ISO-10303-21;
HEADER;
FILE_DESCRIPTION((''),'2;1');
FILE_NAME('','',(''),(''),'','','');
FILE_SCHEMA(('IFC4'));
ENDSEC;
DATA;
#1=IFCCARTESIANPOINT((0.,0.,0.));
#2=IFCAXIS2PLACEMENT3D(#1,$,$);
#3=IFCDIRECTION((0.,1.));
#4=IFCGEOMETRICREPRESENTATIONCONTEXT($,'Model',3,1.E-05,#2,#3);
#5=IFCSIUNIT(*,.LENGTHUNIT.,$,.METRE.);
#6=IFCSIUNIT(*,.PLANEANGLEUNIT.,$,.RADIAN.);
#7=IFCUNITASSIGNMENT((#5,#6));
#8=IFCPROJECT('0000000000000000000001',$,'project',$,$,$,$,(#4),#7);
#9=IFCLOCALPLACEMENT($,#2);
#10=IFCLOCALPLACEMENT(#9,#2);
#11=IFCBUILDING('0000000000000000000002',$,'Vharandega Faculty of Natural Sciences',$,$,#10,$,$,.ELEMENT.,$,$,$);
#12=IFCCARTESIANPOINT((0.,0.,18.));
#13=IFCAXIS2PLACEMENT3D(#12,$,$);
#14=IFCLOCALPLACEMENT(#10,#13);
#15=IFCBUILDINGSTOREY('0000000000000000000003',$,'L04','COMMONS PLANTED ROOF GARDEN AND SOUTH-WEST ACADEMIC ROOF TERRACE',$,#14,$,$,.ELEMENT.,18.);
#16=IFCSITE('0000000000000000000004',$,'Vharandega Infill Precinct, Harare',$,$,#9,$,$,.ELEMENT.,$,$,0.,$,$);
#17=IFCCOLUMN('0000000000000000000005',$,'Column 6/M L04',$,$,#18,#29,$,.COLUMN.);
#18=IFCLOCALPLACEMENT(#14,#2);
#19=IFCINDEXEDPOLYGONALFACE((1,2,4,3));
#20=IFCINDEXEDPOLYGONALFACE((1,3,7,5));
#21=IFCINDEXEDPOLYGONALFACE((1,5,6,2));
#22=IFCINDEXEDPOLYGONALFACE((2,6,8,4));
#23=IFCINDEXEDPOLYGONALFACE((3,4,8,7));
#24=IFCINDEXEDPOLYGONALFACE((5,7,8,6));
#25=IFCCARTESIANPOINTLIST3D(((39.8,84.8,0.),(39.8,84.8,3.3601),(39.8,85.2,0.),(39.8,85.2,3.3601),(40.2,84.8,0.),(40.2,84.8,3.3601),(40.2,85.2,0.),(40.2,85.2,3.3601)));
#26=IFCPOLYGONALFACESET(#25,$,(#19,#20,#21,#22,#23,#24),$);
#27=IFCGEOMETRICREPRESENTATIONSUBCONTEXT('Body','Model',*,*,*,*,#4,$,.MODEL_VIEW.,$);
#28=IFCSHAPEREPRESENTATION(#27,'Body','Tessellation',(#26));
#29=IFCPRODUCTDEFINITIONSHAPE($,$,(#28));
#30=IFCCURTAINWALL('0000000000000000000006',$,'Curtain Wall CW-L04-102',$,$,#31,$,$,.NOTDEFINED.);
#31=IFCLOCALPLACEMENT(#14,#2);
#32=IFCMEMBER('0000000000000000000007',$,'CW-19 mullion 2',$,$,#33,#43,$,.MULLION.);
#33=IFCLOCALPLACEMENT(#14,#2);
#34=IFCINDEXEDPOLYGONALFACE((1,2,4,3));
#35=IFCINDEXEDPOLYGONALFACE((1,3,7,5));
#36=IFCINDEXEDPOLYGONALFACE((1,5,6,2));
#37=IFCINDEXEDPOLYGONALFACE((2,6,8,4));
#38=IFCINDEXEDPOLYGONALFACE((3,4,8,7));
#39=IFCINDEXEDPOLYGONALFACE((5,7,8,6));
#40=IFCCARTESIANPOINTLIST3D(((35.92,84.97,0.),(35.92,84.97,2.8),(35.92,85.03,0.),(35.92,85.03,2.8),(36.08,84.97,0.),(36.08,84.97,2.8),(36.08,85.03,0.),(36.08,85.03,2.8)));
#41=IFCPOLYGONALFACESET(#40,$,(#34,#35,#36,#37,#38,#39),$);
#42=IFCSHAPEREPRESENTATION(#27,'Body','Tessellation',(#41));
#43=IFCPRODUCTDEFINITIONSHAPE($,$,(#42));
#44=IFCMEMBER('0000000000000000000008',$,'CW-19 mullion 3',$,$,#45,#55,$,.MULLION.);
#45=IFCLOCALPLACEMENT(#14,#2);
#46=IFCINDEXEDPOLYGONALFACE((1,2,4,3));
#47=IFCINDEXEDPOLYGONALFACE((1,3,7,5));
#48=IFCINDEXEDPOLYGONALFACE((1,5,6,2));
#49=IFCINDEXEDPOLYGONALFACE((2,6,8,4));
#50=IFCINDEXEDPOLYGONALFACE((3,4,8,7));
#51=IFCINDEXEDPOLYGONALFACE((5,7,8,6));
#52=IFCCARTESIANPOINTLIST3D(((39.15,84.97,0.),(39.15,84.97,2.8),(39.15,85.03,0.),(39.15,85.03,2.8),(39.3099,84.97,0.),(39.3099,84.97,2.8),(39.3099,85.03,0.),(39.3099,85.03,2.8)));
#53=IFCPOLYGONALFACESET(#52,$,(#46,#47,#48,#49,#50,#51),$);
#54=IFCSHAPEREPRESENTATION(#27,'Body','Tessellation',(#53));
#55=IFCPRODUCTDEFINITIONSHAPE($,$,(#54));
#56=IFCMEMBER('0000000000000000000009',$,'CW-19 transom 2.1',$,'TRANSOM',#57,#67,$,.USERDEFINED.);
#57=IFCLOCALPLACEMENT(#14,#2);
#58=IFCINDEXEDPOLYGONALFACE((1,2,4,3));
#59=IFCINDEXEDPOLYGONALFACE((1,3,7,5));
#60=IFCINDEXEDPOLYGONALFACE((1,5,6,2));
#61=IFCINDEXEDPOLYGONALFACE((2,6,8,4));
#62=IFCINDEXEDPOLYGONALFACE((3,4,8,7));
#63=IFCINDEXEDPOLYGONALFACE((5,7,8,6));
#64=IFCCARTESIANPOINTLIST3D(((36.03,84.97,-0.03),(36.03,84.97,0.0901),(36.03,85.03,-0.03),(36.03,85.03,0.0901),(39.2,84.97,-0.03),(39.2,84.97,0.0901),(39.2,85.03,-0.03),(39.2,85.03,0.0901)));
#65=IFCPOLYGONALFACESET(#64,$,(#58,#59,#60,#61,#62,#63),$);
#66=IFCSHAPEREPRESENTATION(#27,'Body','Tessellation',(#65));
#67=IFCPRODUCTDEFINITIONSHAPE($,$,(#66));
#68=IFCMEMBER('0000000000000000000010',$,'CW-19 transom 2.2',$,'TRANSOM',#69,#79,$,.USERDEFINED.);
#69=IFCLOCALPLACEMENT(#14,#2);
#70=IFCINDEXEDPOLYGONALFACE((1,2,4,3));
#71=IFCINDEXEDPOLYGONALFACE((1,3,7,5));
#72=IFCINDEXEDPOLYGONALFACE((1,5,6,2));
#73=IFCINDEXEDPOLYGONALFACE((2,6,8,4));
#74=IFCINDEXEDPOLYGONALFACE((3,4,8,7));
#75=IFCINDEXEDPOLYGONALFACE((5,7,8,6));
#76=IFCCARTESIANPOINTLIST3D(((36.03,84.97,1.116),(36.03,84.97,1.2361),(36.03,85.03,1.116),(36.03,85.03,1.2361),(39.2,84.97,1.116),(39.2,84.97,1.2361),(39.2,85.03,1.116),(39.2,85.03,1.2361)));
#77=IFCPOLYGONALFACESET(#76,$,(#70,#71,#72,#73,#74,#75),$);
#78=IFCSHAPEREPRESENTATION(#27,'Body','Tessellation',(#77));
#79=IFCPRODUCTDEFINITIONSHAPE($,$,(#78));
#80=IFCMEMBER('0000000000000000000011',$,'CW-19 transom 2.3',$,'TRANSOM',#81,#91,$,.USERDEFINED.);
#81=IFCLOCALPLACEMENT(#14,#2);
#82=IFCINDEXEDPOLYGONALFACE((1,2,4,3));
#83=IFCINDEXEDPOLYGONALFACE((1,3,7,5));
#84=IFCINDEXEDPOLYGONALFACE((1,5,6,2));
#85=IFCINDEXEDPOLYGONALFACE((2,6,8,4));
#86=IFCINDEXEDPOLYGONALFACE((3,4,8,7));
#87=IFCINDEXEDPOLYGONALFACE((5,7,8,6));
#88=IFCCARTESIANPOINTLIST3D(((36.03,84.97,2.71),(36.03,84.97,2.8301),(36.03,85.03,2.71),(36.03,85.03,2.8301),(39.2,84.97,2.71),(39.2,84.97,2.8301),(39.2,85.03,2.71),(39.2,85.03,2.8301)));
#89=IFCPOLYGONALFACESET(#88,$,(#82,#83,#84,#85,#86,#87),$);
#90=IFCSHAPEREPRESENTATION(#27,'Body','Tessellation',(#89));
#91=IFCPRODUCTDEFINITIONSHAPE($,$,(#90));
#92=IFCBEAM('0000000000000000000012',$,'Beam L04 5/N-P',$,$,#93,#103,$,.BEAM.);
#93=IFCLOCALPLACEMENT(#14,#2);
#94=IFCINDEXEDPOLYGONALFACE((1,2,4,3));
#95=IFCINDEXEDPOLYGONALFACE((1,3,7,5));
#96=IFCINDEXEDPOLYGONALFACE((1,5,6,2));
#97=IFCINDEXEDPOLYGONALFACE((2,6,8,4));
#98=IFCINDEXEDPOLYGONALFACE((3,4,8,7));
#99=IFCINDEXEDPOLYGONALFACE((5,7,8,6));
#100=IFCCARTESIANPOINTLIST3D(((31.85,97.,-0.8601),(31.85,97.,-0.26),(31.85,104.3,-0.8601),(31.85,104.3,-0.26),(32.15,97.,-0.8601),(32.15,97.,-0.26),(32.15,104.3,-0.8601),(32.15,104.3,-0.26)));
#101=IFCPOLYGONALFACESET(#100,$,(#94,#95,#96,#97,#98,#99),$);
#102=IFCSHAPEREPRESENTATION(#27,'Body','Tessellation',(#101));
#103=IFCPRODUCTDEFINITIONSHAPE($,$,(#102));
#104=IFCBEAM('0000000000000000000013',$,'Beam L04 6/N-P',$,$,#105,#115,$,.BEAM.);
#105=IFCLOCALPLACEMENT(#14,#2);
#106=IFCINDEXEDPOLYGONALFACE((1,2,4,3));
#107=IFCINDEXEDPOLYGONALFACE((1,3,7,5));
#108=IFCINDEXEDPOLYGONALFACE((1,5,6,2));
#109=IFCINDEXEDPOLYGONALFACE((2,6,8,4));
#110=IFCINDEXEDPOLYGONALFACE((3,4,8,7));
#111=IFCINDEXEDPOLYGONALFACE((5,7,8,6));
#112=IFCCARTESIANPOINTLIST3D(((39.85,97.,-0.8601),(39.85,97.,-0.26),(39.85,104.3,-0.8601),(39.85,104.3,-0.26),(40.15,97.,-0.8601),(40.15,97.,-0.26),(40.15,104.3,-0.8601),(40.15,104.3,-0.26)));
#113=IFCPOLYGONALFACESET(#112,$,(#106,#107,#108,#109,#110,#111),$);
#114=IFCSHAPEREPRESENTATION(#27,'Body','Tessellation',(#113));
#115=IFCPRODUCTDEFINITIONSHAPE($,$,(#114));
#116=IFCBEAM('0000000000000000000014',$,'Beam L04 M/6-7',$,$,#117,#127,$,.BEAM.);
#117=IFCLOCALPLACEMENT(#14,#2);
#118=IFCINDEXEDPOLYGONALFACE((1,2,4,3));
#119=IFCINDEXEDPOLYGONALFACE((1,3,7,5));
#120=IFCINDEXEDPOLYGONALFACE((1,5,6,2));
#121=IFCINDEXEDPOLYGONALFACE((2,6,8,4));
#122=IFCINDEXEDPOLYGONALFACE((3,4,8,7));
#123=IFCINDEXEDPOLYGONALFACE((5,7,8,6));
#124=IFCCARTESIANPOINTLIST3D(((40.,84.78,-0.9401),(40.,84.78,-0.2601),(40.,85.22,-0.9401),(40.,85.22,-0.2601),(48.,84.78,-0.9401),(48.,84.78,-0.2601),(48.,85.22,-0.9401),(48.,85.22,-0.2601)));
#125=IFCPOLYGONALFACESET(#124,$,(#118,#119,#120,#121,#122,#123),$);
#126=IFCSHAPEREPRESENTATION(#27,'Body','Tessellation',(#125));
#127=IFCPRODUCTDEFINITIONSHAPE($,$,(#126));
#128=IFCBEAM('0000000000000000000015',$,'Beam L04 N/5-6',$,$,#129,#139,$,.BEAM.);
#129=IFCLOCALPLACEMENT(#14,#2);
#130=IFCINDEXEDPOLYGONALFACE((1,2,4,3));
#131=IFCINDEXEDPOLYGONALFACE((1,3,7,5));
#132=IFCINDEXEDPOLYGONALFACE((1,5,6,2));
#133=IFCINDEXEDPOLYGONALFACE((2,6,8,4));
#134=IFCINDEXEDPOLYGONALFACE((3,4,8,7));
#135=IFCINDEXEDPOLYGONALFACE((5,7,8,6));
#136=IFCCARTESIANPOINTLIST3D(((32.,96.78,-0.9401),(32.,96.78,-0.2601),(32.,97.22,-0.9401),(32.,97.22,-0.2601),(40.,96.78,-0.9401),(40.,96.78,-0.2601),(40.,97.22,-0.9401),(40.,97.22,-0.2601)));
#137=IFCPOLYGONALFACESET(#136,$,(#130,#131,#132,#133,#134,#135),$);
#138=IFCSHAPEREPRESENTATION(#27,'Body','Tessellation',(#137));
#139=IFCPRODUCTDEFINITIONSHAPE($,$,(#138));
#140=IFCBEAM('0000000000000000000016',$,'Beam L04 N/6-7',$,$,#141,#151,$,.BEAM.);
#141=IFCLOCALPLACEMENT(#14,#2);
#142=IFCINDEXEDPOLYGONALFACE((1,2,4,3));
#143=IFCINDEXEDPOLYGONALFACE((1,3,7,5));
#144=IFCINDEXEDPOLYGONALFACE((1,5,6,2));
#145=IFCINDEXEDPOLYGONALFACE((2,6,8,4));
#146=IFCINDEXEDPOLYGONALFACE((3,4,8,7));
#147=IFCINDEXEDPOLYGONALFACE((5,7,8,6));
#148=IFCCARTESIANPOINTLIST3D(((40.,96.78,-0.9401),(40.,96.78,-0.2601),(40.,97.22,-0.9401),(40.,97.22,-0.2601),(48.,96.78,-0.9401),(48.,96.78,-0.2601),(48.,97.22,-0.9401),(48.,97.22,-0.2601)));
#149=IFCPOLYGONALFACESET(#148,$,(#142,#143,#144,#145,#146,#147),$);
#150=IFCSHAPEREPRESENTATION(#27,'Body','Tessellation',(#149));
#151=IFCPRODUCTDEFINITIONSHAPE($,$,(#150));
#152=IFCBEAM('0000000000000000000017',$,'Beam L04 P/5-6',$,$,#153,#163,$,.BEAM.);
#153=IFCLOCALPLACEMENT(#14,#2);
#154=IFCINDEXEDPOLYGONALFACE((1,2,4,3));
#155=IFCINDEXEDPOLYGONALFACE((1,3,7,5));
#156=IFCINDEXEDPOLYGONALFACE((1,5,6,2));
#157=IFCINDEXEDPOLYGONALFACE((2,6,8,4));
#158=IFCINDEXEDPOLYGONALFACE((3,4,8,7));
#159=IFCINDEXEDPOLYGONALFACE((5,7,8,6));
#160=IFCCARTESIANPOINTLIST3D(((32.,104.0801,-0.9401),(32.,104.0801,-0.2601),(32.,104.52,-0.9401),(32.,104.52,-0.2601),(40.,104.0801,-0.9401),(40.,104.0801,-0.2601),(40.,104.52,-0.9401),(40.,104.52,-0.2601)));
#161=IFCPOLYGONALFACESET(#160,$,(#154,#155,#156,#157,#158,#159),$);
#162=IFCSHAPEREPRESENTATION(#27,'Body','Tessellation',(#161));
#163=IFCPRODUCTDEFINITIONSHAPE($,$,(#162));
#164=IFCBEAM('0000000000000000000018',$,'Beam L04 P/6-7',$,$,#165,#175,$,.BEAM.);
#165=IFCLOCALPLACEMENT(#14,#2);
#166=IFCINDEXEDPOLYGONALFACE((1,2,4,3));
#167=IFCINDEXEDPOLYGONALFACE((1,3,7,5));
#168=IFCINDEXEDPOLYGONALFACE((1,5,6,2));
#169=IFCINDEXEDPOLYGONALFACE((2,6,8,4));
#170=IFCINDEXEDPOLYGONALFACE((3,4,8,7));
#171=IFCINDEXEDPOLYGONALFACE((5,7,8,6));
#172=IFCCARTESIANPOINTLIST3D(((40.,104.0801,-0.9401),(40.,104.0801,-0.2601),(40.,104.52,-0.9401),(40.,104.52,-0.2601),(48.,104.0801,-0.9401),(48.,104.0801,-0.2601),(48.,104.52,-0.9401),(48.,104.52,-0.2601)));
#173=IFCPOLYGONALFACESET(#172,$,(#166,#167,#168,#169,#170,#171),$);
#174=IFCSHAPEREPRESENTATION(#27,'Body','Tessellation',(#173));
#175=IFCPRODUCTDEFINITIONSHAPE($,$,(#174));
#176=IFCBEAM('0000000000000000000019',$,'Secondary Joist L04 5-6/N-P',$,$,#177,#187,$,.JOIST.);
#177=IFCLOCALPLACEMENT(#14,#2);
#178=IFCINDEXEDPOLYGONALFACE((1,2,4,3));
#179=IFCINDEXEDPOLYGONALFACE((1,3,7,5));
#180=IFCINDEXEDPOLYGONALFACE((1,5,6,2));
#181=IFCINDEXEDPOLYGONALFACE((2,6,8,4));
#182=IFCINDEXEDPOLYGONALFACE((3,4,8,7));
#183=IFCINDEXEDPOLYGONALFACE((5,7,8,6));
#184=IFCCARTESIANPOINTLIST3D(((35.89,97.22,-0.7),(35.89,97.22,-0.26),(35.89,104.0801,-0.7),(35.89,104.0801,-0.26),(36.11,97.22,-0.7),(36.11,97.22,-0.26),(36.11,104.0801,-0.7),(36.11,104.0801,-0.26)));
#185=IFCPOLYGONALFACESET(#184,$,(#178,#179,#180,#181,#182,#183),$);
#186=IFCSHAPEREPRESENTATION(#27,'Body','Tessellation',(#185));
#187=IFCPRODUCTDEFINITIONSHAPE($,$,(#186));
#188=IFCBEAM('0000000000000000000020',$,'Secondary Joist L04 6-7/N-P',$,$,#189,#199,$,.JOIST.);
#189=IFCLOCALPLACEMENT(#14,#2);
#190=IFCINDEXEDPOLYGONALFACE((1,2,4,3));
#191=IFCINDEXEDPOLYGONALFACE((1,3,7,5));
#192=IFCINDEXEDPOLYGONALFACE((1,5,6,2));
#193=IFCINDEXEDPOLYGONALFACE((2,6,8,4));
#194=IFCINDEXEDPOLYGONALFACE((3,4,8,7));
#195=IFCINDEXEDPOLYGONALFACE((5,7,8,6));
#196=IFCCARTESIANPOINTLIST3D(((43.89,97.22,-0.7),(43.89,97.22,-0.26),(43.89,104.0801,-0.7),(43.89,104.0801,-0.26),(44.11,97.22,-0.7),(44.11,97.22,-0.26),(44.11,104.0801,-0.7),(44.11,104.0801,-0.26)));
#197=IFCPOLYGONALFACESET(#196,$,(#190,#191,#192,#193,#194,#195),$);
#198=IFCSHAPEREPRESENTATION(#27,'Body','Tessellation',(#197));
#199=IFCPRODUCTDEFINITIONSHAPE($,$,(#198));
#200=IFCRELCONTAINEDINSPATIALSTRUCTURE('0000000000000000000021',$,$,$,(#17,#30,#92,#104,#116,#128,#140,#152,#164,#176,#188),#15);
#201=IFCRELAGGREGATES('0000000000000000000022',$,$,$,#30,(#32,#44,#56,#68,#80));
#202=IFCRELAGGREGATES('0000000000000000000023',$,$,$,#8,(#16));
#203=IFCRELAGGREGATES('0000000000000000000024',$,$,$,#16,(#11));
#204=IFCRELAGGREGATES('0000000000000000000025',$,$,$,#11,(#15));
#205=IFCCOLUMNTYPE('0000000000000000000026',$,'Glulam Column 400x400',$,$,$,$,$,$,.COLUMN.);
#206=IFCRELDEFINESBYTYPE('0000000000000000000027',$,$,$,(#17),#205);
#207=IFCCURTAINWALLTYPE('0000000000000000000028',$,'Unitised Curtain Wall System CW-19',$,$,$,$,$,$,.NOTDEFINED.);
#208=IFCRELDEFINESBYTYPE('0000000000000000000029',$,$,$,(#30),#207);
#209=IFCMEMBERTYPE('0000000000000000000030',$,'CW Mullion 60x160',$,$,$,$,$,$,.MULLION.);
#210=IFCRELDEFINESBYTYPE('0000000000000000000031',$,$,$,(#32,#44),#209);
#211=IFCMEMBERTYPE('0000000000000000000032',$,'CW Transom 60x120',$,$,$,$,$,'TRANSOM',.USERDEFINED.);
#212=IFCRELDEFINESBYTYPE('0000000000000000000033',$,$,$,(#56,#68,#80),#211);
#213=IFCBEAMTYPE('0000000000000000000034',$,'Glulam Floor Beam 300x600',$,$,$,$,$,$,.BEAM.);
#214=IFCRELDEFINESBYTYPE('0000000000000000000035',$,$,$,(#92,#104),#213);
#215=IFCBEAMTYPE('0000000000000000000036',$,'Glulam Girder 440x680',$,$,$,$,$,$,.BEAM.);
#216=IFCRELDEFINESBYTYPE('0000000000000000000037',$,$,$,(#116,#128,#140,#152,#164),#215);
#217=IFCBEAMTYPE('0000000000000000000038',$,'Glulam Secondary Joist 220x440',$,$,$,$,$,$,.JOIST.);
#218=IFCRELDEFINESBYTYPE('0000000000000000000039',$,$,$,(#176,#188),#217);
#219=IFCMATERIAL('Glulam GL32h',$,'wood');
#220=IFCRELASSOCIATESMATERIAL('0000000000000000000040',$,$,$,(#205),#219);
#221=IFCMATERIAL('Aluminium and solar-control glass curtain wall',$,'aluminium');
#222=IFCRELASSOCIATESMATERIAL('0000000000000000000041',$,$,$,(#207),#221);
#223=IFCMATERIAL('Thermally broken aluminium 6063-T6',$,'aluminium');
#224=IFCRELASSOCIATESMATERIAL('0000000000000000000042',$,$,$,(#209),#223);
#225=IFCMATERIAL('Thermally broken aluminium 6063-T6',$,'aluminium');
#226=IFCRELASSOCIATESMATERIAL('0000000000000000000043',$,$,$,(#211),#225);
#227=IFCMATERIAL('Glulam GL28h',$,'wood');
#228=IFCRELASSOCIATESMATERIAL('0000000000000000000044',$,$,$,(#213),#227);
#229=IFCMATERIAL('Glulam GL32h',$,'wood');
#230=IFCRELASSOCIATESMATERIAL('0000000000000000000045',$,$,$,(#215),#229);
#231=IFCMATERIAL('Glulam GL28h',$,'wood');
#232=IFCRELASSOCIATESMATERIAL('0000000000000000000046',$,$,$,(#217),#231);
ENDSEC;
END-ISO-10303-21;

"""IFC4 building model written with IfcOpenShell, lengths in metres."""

from ifc_helpers import new_model, si_unit, direction, frame, origin, origin_2d, place, context, subcontext, project, spatial, rectangle, extrude, material, material_profile, profile_set, type_object, element, aggregate, save


model = new_model("IFC4")

# Units and contexts
model_context = context("Model", 3, precision=1e-05, world=origin(), true_north=direction((0.0, 1.0)))
body_context = subcontext(model_context, "Body", "Model", "MODEL_VIEW")
ifc_project = project(units=[si_unit("LENGTHUNIT", "METRE"), si_unit("PLANEANGLEUNIT", "RADIAN")], contexts=[model_context])

# Site, building, storey
site_placement = place(None, origin())
site = spatial("IfcSite", under=ifc_project, at=site_placement, Name="Vharandega Infill Precinct, Harare", CompositionType="ELEMENT", RefElevation=0.0)
building_placement = place(site_placement, origin())
building = spatial("IfcBuilding", under=site, at=building_placement, Name="Vharandega Faculty of Natural Sciences", CompositionType="ELEMENT")
storey_placement = place(building_placement, frame((0.0, 0.0, 18.0)))
storey = spatial("IfcBuildingStorey", under=building, at=storey_placement, Name="L04", Description="COMMONS PLANTED ROOF GARDEN AND SOUTH-WEST ACADEMIC ROOF TERRACE", CompositionType="ELEMENT", Elevation=18.0)

# Column
ifc_material_1 = material(Name="Glulam GL32h", Category="wood")
ifc_material_profile_1 = material_profile(ifc_material_1, rectangle(XDim=0.3999, YDim=0.3999, at=origin_2d()), Name="GL32h 400x400")
ifc_profile_set_1 = profile_set([ifc_material_profile_1], Name="Glulam GL32h")
column_type = type_object("IfcColumnType", Name="Glulam Column 400x400", PredefinedType="COLUMN", material=ifc_profile_set_1)
column_placement = place(storey_placement, frame((40.0, 85.0, 0.0), z_axis=(0.0, 0.0, 1.0), x_axis=(1.0, 0.0, 0.0)))
element("IfcColumn", 1, at=column_placement, inside=storey, type_object=column_type, Name="Column 6/M L04", PredefinedType="COLUMN", context=body_context, shape_type="SweptSolid", body=[
    extrude(rectangle(XDim=0.3999, YDim=0.3999, at=origin_2d()), origin(), (0.0, 0.0, 1.0), 3.3601),
])

# Curtain wall, members
ifc_material_2 = material(Name="Aluminium and solar-control glass curtain wall", Category="aluminium")
curtain_wall_type = type_object("IfcCurtainWallType", Name="Unitised Curtain Wall System CW-19", PredefinedType="NOTDEFINED", material=ifc_material_2)
curtain_wall_placement = place(storey_placement, origin())
curtain_wall = element("IfcCurtainWall", 2, at=curtain_wall_placement, inside=storey, type_object=curtain_wall_type, Name="Curtain Wall CW-L04-102", PredefinedType="NOTDEFINED")
ifc_material_3 = material(Name="Thermally broken aluminium 6063-T6", Category="aluminium")
ifc_material_profile_2 = material_profile(ifc_material_3, rectangle(XDim=0.0601, YDim=0.1599, at=origin_2d()), Name="ALU 60x160")
ifc_profile_set_2 = profile_set([ifc_material_profile_2], Name="Thermally broken aluminium 6063-T6")
member_type_1 = type_object("IfcMemberType", Name="CW Mullion 60x160", PredefinedType="MULLION", material=ifc_profile_set_2)
member_1_placement = place(storey_placement, frame((36.0, 85.0, 0.0), z_axis=(0.0, 0.0, 1.0), x_axis=(0.0, 1.0, 0.0)))
member_1 = element("IfcMember", 3, at=member_1_placement, type_object=member_type_1, Name="CW-19 mullion 2", PredefinedType="MULLION", context=body_context, shape_type="SweptSolid", body=[
    extrude(rectangle(XDim=0.0601, YDim=0.1599, at=origin_2d()), origin(), (0.0, 0.0, 1.0), 2.8),
])
member_2_placement = place(storey_placement, frame((39.23, 85.0, 0.0), z_axis=(0.0, 0.0, 1.0), x_axis=(0.0, 1.0, 0.0)))
member_2 = element("IfcMember", 4, at=member_2_placement, type_object=member_type_1, Name="CW-19 mullion 3", PredefinedType="MULLION", context=body_context, shape_type="SweptSolid", body=[
    extrude(rectangle(XDim=0.0601, YDim=0.1599, at=origin_2d()), origin(), (0.0, 0.0, 1.0), 2.8),
])
ifc_material_4 = material(Name="Thermally broken aluminium 6063-T6", Category="aluminium")
ifc_material_profile_3 = material_profile(ifc_material_4, rectangle(XDim=0.0601, YDim=0.1201, at=origin_2d()), Name="ALU 60x120")
ifc_profile_set_3 = profile_set([ifc_material_profile_3], Name="Thermally broken aluminium 6063-T6")
member_type_2 = type_object("IfcMemberType", Name="CW Transom 60x120", ElementType="TRANSOM", PredefinedType="USERDEFINED", material=ifc_profile_set_3)
member_3_placement = place(storey_placement, frame((36.03, 85.0, 0.03), z_axis=(1.0, 0.0, 0.0), x_axis=(0.0, 1.0, 0.0)))
member_3 = element("IfcMember", 5, at=member_3_placement, type_object=member_type_2, Name="CW-19 transom 2.1", ObjectType="TRANSOM", PredefinedType="USERDEFINED", context=body_context, shape_type="SweptSolid", body=[
    extrude(rectangle(XDim=0.0601, YDim=0.1201, at=origin_2d()), origin(), (0.0, 0.0, 1.0), 3.1699),
])
member_4_placement = place(storey_placement, frame((36.03, 85.0, 1.176), z_axis=(1.0, 0.0, 0.0), x_axis=(0.0, 1.0, 0.0)))
member_4 = element("IfcMember", 6, at=member_4_placement, type_object=member_type_2, Name="CW-19 transom 2.2", ObjectType="TRANSOM", PredefinedType="USERDEFINED", context=body_context, shape_type="SweptSolid", body=[
    extrude(rectangle(XDim=0.0601, YDim=0.1201, at=origin_2d()), origin(), (0.0, 0.0, 1.0), 3.1699),
])
member_5_placement = place(storey_placement, frame((36.03, 85.0, 2.77), z_axis=(1.0, 0.0, 0.0), x_axis=(0.0, 1.0, 0.0)))
member_5 = element("IfcMember", 7, at=member_5_placement, type_object=member_type_2, Name="CW-19 transom 2.3", ObjectType="TRANSOM", PredefinedType="USERDEFINED", context=body_context, shape_type="SweptSolid", body=[
    extrude(rectangle(XDim=0.0601, YDim=0.1201, at=origin_2d()), origin(), (0.0, 0.0, 1.0), 3.1699),
])

# Beams
ifc_material_5 = material(Name="Glulam GL28h", Category="wood")
ifc_material_profile_4 = material_profile(ifc_material_5, rectangle(XDim=0.3, YDim=0.6001, at=origin_2d()), Name="GL28h 300x600")
ifc_profile_set_4 = profile_set([ifc_material_profile_4], Name="Glulam GL28h")
beam_type_1 = type_object("IfcBeamType", Name="Glulam Floor Beam 300x600", PredefinedType="BEAM", material=ifc_profile_set_4)
for number, where, z_axis, x_axis, name in (
    (8, (32.0, 97.0, -0.5601), (0.0, 1.0, 0.0), (-1.0, 0.0, 0.0), "Beam L04 5/N-P"),
    (9, (40.0, 97.0, -0.5601), (0.0, 1.0, 0.0), (-1.0, 0.0, 0.0), "Beam L04 6/N-P"),
):
    element("IfcBeam", number, at=place(storey_placement, frame(where, z_axis=z_axis, x_axis=x_axis)), inside=storey, type_object=beam_type_1, Name=name, PredefinedType="BEAM", context=body_context, shape_type="SweptSolid", body=[
        extrude(rectangle(XDim=0.3, YDim=0.6001, at=origin_2d()), origin(), (0.0, 0.0, 1.0), 7.3),
    ])
ifc_material_6 = material(Name="Glulam GL32h", Category="wood")
ifc_material_profile_5 = material_profile(ifc_material_6, rectangle(XDim=0.4399, YDim=0.6799, at=origin_2d()), Name="GL32h 440x680")
ifc_profile_set_5 = profile_set([ifc_material_profile_5], Name="Glulam GL32h")
beam_type_2 = type_object("IfcBeamType", Name="Glulam Girder 440x680", PredefinedType="BEAM", material=ifc_profile_set_5)
for number, where, z_axis, x_axis, name in (
    (10, (40.0, 85.0, -0.6001), (1.0, 0.0, 0.0), (0.0, 1.0, 0.0), "Beam L04 M/6-7"),
    (11, (32.0, 97.0, -0.6001), (1.0, 0.0, 0.0), (0.0, 1.0, 0.0), "Beam L04 N/5-6"),
    (12, (40.0, 97.0, -0.6001), (1.0, 0.0, 0.0), (0.0, 1.0, 0.0), "Beam L04 N/6-7"),
    (13, (32.0, 104.3, -0.6001), (1.0, 0.0, 0.0), (0.0, 1.0, 0.0), "Beam L04 P/5-6"),
    (14, (40.0, 104.3, -0.6001), (1.0, 0.0, 0.0), (0.0, 1.0, 0.0), "Beam L04 P/6-7"),
):
    element("IfcBeam", number, at=place(storey_placement, frame(where, z_axis=z_axis, x_axis=x_axis)), inside=storey, type_object=beam_type_2, Name=name, PredefinedType="BEAM", context=body_context, shape_type="SweptSolid", body=[
        extrude(rectangle(XDim=0.4399, YDim=0.6799, at=origin_2d()), origin(), (0.0, 0.0, 1.0), 8.0),
    ])
ifc_material_7 = material(Name="Glulam GL28h", Category="wood")
ifc_material_profile_6 = material_profile(ifc_material_7, rectangle(XDim=0.22, YDim=0.4399, at=origin_2d()), Name="GL28h 220x440")
ifc_profile_set_6 = profile_set([ifc_material_profile_6], Name="Glulam GL28h")
beam_type_3 = type_object("IfcBeamType", Name="Glulam Secondary Joist 220x440", PredefinedType="JOIST", material=ifc_profile_set_6)
for number, where, z_axis, x_axis, name in (
    (15, (36.0, 97.22, -0.48), (0.0, 1.0, 0.0), (-1.0, 0.0, 0.0), "Secondary Joist L04 5-6/N-P"),
    (16, (44.0, 97.22, -0.48), (0.0, 1.0, 0.0), (-1.0, 0.0, 0.0), "Secondary Joist L04 6-7/N-P"),
):
    element("IfcBeam", number, at=place(storey_placement, frame(where, z_axis=z_axis, x_axis=x_axis)), inside=storey, type_object=beam_type_3, Name=name, PredefinedType="JOIST", context=body_context, shape_type="SweptSolid", body=[
        extrude(rectangle(XDim=0.22, YDim=0.4399, at=origin_2d()), origin(), (0.0, 0.0, 1.0), 6.8601),
    ])

aggregate(curtain_wall, [member_1, member_2, member_3, member_4, member_5])

save(model, "model.ifc")
